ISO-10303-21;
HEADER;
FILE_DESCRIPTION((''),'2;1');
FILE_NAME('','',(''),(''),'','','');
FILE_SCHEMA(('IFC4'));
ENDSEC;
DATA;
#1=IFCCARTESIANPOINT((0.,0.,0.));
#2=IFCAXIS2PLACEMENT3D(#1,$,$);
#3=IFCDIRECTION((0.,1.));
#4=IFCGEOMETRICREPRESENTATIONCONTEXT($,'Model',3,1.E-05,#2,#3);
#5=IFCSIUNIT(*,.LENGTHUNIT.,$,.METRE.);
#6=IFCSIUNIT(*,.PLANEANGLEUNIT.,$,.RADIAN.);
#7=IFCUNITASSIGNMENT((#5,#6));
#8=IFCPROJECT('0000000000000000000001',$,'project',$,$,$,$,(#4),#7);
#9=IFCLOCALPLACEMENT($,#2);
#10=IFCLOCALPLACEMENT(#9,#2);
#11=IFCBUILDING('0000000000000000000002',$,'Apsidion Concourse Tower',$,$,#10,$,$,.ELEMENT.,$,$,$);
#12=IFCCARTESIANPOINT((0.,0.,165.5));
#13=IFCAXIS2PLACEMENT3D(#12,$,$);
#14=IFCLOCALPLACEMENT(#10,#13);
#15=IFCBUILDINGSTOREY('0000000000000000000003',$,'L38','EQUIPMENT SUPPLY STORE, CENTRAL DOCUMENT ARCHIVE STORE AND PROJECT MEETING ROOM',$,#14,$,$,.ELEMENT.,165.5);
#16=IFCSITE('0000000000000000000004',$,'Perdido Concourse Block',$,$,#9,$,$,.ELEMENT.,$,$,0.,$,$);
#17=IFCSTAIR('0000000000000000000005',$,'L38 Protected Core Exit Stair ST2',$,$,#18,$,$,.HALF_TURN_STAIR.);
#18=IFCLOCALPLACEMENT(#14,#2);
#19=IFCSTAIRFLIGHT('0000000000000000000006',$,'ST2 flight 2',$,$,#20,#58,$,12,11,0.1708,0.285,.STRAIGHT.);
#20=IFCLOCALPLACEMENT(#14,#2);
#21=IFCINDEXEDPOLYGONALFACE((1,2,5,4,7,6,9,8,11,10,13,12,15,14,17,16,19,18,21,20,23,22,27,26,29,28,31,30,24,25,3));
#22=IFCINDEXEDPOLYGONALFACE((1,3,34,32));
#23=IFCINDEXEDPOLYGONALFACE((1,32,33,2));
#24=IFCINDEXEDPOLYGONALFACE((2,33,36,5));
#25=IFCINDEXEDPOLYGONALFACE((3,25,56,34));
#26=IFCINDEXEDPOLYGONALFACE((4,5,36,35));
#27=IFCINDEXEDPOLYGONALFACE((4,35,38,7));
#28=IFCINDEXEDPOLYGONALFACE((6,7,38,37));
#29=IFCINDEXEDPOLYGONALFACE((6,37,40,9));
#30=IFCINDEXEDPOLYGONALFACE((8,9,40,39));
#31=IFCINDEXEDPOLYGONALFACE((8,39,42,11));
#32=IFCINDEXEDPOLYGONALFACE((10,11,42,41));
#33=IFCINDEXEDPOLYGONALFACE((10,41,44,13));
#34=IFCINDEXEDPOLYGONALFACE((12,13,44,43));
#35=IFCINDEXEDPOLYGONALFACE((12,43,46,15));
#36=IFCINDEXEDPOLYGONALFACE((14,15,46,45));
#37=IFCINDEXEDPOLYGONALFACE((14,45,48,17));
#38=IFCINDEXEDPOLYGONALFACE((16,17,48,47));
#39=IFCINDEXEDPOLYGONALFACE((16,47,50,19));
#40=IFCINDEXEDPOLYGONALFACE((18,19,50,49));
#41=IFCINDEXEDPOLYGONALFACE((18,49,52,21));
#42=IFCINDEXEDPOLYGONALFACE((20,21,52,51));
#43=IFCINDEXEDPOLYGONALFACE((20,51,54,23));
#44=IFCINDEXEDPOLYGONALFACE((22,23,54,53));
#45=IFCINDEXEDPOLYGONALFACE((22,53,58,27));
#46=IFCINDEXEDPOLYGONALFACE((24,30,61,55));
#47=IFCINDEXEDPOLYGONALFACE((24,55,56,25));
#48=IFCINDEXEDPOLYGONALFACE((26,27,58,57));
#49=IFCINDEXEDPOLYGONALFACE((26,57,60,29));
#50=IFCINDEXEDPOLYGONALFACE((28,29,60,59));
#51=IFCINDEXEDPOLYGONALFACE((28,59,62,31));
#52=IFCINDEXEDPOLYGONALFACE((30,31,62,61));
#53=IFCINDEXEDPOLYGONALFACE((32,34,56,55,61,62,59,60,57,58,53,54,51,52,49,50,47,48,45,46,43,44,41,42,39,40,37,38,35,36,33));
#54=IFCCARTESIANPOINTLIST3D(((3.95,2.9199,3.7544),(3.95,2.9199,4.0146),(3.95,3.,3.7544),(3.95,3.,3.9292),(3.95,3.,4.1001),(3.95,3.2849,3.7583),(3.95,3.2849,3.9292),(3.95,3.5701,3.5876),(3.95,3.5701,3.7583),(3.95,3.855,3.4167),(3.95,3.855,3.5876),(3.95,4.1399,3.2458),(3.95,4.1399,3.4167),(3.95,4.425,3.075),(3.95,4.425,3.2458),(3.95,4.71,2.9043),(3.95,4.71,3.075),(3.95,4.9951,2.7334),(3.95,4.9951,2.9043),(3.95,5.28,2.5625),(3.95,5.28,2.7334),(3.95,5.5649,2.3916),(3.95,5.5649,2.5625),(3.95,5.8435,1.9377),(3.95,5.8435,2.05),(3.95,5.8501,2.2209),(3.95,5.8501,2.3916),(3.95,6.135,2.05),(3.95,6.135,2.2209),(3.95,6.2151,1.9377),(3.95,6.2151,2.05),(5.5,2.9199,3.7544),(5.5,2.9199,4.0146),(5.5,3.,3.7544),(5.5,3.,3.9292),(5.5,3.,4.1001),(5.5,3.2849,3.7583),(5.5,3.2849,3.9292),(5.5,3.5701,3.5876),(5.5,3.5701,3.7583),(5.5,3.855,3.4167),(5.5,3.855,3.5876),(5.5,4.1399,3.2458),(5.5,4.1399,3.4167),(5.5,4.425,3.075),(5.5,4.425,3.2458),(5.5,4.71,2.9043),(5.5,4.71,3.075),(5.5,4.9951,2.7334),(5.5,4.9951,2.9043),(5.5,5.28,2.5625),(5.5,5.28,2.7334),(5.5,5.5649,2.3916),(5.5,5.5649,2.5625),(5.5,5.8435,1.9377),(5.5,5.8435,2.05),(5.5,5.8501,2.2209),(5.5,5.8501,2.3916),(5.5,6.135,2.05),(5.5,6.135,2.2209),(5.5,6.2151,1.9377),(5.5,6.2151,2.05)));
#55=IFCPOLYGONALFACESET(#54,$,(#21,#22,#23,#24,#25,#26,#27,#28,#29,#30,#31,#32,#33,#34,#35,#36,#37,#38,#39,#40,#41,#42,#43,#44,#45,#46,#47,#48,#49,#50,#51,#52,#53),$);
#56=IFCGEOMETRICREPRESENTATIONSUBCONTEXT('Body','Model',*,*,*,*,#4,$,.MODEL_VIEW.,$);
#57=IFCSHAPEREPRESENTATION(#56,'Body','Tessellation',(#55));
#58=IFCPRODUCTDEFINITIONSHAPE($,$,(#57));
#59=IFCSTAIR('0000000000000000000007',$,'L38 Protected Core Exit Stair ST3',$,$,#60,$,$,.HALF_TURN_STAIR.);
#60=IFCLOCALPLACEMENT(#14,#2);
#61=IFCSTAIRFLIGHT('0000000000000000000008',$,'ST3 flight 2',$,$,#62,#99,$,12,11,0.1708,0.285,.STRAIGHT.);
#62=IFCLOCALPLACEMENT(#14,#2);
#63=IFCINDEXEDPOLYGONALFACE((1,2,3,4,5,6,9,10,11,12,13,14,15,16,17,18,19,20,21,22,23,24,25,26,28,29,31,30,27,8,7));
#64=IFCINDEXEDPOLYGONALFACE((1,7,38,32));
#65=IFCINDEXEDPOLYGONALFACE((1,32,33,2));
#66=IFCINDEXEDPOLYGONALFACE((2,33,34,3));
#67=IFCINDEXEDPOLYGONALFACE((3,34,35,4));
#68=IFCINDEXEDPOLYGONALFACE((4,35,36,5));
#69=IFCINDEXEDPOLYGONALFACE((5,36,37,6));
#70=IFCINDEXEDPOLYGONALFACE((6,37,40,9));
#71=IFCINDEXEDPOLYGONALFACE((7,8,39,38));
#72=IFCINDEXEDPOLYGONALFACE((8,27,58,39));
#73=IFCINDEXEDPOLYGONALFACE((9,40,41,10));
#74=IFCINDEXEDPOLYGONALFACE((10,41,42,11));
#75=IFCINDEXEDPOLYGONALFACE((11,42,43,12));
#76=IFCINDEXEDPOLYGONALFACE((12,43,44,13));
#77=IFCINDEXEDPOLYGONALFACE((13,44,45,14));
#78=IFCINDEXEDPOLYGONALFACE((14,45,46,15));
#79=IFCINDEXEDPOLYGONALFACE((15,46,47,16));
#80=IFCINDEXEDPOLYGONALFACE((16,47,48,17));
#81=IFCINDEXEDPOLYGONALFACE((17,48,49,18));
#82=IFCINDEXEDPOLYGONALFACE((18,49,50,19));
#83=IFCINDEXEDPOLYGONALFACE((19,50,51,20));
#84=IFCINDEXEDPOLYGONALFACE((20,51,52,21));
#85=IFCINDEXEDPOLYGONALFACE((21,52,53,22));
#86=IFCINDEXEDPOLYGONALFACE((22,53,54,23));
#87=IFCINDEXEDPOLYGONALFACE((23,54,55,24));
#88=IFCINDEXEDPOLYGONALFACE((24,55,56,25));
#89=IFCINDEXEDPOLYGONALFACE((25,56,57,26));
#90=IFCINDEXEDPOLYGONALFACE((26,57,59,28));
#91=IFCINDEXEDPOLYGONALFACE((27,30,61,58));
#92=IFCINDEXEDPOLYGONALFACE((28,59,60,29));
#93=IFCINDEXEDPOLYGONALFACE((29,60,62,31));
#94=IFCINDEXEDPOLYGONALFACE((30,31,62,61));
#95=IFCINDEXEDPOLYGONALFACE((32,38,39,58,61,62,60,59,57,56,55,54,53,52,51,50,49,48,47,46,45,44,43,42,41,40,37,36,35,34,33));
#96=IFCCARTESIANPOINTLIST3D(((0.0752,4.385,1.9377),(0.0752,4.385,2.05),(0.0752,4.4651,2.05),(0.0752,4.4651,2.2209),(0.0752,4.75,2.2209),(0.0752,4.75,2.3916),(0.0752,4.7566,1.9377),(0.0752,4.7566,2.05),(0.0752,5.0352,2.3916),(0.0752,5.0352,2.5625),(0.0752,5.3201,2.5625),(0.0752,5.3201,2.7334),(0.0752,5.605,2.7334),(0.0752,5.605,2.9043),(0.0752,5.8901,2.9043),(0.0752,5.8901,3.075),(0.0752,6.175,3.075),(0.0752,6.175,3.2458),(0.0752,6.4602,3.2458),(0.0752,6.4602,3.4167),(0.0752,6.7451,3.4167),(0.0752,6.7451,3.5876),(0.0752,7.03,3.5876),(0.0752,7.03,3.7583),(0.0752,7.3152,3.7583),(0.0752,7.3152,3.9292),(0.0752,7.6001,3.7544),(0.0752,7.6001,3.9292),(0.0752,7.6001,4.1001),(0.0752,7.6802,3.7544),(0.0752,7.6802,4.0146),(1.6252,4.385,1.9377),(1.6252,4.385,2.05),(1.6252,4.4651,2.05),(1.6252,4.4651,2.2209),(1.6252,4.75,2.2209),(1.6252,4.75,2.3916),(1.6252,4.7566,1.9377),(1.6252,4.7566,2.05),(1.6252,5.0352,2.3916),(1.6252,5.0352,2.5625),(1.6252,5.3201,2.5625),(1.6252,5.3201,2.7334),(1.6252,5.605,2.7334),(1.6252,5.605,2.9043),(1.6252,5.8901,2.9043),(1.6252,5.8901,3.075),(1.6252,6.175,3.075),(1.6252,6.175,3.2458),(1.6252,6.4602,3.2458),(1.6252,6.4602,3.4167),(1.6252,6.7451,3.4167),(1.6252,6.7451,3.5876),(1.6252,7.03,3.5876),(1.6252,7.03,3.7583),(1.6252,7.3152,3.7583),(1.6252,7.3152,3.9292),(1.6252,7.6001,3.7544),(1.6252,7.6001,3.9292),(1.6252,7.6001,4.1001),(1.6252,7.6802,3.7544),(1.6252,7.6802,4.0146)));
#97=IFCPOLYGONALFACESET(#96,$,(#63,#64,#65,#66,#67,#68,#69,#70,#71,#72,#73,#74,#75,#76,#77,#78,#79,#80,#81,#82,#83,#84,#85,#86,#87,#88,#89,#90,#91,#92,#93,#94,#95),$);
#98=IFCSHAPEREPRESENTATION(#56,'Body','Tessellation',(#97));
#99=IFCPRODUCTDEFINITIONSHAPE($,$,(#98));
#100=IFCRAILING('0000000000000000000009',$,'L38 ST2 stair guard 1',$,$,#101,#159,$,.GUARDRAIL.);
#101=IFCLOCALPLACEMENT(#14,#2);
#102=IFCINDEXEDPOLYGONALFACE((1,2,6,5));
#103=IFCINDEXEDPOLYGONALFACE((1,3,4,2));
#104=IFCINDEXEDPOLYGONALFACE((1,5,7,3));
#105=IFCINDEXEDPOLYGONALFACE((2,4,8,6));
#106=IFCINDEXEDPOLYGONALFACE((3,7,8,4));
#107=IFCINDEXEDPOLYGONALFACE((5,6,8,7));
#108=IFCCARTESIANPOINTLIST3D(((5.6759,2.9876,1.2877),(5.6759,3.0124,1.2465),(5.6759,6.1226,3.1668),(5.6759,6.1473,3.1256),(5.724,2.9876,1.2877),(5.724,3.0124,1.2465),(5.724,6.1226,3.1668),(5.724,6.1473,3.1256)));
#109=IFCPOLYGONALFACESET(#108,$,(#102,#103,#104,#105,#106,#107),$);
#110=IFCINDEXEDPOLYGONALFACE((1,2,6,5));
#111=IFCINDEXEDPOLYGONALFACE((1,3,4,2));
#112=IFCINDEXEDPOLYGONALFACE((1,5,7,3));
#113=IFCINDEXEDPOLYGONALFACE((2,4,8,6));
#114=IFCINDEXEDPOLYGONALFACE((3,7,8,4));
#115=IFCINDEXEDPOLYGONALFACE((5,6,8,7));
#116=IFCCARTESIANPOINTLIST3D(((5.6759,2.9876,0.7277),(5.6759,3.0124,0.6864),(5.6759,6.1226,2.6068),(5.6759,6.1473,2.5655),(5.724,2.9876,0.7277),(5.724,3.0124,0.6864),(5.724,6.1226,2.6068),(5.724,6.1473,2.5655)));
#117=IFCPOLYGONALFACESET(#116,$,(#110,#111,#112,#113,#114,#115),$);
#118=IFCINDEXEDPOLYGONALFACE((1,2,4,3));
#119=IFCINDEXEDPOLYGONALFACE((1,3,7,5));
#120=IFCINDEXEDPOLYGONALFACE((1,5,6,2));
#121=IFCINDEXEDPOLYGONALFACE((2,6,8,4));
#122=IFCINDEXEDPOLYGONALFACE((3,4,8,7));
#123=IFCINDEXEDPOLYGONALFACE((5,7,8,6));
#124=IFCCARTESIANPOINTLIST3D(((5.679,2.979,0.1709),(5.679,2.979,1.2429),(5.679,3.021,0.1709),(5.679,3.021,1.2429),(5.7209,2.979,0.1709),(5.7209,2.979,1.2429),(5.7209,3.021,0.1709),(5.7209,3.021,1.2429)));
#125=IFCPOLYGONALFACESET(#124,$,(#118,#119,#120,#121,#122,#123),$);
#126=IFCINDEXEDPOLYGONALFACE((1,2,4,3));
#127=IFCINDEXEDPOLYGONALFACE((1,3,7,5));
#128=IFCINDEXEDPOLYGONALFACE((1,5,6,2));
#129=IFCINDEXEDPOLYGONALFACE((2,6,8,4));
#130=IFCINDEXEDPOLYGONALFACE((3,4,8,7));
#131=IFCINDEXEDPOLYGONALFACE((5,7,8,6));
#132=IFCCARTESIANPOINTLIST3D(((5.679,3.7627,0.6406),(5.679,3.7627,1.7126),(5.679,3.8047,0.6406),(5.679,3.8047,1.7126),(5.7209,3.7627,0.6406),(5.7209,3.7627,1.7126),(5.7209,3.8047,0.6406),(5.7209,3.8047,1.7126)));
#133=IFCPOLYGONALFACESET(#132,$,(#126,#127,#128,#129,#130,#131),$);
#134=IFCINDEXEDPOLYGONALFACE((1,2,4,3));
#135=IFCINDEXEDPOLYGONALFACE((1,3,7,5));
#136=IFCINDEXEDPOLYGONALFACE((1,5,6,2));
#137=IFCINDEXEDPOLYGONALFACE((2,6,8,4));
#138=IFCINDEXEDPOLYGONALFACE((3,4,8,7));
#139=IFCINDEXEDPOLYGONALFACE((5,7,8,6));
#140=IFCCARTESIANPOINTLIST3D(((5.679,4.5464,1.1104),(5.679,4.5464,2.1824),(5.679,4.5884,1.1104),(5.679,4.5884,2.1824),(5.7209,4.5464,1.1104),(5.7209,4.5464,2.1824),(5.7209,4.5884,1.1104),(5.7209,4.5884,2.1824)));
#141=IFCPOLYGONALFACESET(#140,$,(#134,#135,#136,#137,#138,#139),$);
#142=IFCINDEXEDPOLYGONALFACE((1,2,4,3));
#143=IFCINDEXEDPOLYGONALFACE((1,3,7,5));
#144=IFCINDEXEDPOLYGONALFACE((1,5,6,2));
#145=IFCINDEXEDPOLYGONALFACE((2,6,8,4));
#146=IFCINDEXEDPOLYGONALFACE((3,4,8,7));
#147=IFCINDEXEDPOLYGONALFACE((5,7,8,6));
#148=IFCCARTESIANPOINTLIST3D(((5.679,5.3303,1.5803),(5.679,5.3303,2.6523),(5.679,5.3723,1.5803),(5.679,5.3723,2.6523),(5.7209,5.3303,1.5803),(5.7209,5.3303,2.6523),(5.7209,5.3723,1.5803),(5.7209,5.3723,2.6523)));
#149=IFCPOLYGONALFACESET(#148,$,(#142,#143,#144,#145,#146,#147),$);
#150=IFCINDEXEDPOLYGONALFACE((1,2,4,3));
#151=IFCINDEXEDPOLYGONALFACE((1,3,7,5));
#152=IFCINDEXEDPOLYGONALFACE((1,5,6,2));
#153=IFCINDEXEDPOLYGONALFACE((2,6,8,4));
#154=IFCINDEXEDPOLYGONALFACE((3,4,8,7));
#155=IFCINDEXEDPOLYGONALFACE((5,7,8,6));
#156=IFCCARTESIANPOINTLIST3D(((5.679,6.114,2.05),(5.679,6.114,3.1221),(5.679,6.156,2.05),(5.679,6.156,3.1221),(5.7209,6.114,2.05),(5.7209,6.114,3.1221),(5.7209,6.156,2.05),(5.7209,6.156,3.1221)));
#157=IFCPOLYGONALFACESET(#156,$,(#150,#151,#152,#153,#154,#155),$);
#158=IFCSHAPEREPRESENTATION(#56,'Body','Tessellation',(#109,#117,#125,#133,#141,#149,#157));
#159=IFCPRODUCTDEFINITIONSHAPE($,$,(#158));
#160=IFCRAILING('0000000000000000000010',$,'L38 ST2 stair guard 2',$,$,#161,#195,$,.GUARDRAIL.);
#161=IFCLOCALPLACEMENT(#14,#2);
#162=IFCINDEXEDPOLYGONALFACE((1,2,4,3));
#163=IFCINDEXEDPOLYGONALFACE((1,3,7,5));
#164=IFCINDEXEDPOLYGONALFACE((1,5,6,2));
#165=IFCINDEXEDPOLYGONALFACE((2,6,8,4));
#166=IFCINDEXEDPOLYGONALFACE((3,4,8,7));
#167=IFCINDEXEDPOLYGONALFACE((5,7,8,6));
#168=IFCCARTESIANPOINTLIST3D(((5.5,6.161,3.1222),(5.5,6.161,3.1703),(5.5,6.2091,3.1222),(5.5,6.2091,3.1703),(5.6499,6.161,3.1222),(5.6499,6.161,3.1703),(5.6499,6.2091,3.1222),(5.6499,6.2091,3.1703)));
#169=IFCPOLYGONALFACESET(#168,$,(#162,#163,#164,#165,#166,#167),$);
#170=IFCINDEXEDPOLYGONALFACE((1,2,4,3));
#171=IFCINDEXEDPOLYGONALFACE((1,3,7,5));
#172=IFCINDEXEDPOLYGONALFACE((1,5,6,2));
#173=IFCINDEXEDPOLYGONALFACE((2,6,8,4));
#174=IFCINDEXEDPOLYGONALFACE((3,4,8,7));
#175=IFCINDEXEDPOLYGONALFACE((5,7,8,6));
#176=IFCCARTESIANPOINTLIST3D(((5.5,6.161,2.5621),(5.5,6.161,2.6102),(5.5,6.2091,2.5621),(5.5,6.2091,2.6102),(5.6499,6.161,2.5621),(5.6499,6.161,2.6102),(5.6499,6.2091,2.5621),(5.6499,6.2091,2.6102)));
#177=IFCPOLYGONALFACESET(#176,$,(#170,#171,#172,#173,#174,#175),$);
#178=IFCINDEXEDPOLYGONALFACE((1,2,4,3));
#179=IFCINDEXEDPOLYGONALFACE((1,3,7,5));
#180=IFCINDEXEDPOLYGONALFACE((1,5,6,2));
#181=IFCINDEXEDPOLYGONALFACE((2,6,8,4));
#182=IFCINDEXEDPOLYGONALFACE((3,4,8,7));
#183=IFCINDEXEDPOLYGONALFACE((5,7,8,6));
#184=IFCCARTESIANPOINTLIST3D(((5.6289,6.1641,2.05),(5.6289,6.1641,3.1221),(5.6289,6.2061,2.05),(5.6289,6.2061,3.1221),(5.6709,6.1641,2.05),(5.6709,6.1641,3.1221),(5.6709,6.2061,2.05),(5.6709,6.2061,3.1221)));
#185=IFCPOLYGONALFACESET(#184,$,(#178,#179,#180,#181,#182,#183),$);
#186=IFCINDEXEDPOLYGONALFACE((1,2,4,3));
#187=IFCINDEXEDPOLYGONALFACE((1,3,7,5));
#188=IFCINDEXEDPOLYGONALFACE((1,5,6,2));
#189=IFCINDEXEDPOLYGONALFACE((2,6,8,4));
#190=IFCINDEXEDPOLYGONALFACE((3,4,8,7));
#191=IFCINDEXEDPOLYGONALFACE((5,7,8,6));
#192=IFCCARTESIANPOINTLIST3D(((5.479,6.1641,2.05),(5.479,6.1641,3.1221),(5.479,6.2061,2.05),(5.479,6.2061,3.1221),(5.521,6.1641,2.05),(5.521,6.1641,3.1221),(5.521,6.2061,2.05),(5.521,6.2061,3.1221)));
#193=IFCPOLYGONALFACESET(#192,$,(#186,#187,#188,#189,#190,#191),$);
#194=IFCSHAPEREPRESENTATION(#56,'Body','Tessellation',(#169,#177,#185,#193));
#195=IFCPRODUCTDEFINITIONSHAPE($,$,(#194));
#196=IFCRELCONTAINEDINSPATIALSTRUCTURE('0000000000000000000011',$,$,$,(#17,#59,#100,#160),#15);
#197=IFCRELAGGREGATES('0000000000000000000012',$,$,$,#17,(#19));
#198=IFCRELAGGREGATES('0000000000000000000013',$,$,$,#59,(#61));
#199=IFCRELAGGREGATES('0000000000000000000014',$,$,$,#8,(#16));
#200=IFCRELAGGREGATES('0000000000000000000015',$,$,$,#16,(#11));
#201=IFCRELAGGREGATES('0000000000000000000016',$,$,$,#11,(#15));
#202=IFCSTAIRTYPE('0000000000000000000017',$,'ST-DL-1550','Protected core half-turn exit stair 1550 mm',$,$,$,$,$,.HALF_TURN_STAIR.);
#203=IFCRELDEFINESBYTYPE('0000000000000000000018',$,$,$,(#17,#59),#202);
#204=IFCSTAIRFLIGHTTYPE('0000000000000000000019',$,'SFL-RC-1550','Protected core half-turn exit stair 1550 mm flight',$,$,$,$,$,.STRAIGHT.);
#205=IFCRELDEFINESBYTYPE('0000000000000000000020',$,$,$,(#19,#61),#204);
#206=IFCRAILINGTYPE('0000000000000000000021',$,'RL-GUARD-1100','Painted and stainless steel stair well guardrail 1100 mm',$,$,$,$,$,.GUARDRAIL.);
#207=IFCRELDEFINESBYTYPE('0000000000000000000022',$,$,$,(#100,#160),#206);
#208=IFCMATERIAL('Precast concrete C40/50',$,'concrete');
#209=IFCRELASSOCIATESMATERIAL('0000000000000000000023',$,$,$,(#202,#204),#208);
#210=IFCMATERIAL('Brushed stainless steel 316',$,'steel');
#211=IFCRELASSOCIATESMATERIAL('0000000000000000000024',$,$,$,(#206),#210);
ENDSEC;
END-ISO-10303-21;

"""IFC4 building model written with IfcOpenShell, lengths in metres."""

from ifc_helpers import new_model, si_unit, direction, frame, origin, origin_2d, place, context, subcontext, project, spatial, polyline, rectangle, outline, extrude, material, type_object, element, aggregate, save


model = new_model("IFC4")

# Units and contexts
model_context = context("Model", 3, precision=1e-05, world=origin(), true_north=direction((0.0, 1.0)))
body_context = subcontext(model_context, "Body", "Model", "MODEL_VIEW")
ifc_project = project(units=[si_unit("LENGTHUNIT", "METRE"), si_unit("PLANEANGLEUNIT", "RADIAN")], contexts=[model_context])

# Site, building, storey
site_placement = place(None, origin())
site = spatial("IfcSite", under=ifc_project, at=site_placement, Name="Perdido Concourse Block", CompositionType="ELEMENT", RefElevation=0.0)
building_placement = place(site_placement, origin())
building = spatial("IfcBuilding", under=site, at=building_placement, Name="Apsidion Concourse Tower", CompositionType="ELEMENT")
storey_placement = place(building_placement, frame((0.0, 0.0, 165.5)))
storey = spatial("IfcBuildingStorey", under=building, at=storey_placement, Name="L38", Description="EQUIPMENT SUPPLY STORE, CENTRAL DOCUMENT ARCHIVE STORE AND PROJECT MEETING ROOM", CompositionType="ELEMENT", Elevation=165.5)

# Stairs, stair flights
ifc_material_1 = material(Name="Precast concrete C40/50", Category="concrete")
stair_type = type_object("IfcStairType", Name="ST-DL-1550", Description="Protected core half-turn exit stair 1550 mm", PredefinedType="HALF_TURN_STAIR", material=ifc_material_1)
stair_1_placement = place(storey_placement, origin())
stair_1 = element("IfcStair", 1, at=stair_1_placement, inside=storey, type_object=stair_type, Name="L38 Protected Core Exit Stair ST2", PredefinedType="HALF_TURN_STAIR")
stair_flight_type = type_object("IfcStairFlightType", Name="SFL-RC-1550", Description="Protected core half-turn exit stair 1550 mm flight", PredefinedType="STRAIGHT", material=ifc_material_1)
stair_flight_1_placement = place(storey_placement, frame((4.7251, 6.135, 2.05), z_axis=(0.0, 0.0, 1.0), x_axis=(0.0, -1.0, 0.0)))
stair_flight_1 = element("IfcStairFlight", 2, at=stair_flight_1_placement, type_object=stair_flight_type, Name="ST2 flight 2", NumberOfRisers=12, NumberOfTreads=11, PredefinedType="STRAIGHT", RiserHeight=0.1708, TreadLength=0.285, context=body_context, shape_type="SweptSolid", body=[
    extrude(outline(polyline([(-0.0801, -0.1123), (-0.0801, 0.0), (0.0, 0.0), (0.0, 0.1709), (0.2849, 0.1709), (0.2849, 0.3416), (0.5701, 0.3416), (0.5701, 0.5125), (0.855, 0.5125), (0.855, 0.6833), (1.1399, 0.6833), (1.1399, 0.8542), (1.425, 0.8542), (1.425, 1.0249), (1.71, 1.0249), (1.71, 1.1958), (1.9951, 1.1958), (1.9951, 1.3667), (2.28, 1.3667), (2.28, 1.5376), (2.5649, 1.5376), (2.5649, 1.7083), (2.8501, 1.7083), (2.8501, 1.8792), (3.135, 1.8792), (3.135, 2.05), (3.2151, 1.9646), (3.2151, 1.7043), (3.135, 1.7043), (0.2915, 0.0), (0.2915, -0.1123), (-0.0801, -0.1123)])), frame((0.0, 0.7749, 0.0), z_axis=(0.0, -1.0, 0.0), x_axis=(1.0, 0.0, 0.0)), (0.0, 0.0, 1.0), 1.55),
])
aggregate(stair_1, [stair_flight_1])
stair_2_placement = place(storey_placement, origin())
stair_2 = element("IfcStair", 3, at=stair_2_placement, inside=storey, type_object=stair_type, Name="L38 Protected Core Exit Stair ST3", PredefinedType="HALF_TURN_STAIR")
stair_flight_2_placement = place(storey_placement, frame((0.8501, 4.4651, 2.05), z_axis=(0.0, 0.0, 1.0), x_axis=(0.0, 1.0, 0.0)))
stair_flight_2 = element("IfcStairFlight", 4, at=stair_flight_2_placement, type_object=stair_flight_type, Name="ST3 flight 2", NumberOfRisers=12, NumberOfTreads=11, PredefinedType="STRAIGHT", RiserHeight=0.1708, TreadLength=0.285, context=body_context, shape_type="SweptSolid", body=[
    extrude(outline(polyline([(-0.0801, -0.1123), (-0.0801, 0.0), (0.0, 0.0), (0.0, 0.1709), (0.2849, 0.1709), (0.2849, 0.3416), (0.5701, 0.3416), (0.5701, 0.5125), (0.855, 0.5125), (0.855, 0.6833), (1.1399, 0.6833), (1.1399, 0.8542), (1.425, 0.8542), (1.425, 1.0249), (1.71, 1.0249), (1.71, 1.1958), (1.9951, 1.1958), (1.9951, 1.3667), (2.28, 1.3667), (2.28, 1.5376), (2.5649, 1.5376), (2.5649, 1.7083), (2.8501, 1.7083), (2.8501, 1.8792), (3.135, 1.8792), (3.135, 2.05), (3.2151, 1.9646), (3.2151, 1.7043), (3.135, 1.7043), (0.2915, 0.0), (0.2915, -0.1123), (-0.0801, -0.1123)])), frame((0.0, 0.7749, 0.0), z_axis=(0.0, -1.0, 0.0), x_axis=(1.0, 0.0, 0.0)), (0.0, 0.0, 1.0), 1.55),
])
aggregate(stair_2, [stair_flight_2])

# Railings
ifc_material_2 = material(Name="Brushed stainless steel 316", Category="steel")
railing_type_1 = type_object("IfcRailingType", Name="RL-GUARD-1100", Description="Painted and stainless steel stair well guardrail 1100 mm", PredefinedType="GUARDRAIL", material=ifc_material_2)
railing_1_placement = place(storey_placement, frame((5.7, 3.0, 0.1709)))
element("IfcRailing", 5, at=railing_1_placement, inside=storey, type_object=railing_type_1, Name="L38 ST2 stair guard 1", PredefinedType="GUARDRAIL", context=body_context, shape_type="SweptSolid", body=[
    extrude(rectangle(XDim=0.0481, YDim=0.0481, at=origin_2d()), frame((0.0, 0.0, 1.0962), z_axis=(0.0, 0.857717, 0.514122), x_axis=(-1.0, 0.0, 0.0)), (0.0, 0.0, 1.0), 3.655),
    extrude(rectangle(XDim=0.0481, YDim=0.0481, at=origin_2d()), frame((0.0, 0.0, 0.5361), z_axis=(0.0, 0.857717, 0.514122), x_axis=(-1.0, 0.0, 0.0)), (0.0, 0.0, 1.0), 3.655),
    extrude(rectangle(XDim=0.042, YDim=0.042, at=origin_2d()), origin(), (0.0, 0.0, 1.0), 1.072),
    extrude(rectangle(XDim=0.042, YDim=0.042, at=origin_2d()), frame((0.0, 0.7837, 0.4697)), (0.0, 0.0, 1.0), 1.072),
    extrude(rectangle(XDim=0.042, YDim=0.042, at=origin_2d()), frame((0.0, 1.5674, 0.9395)), (0.0, 0.0, 1.0), 1.072),
    extrude(rectangle(XDim=0.042, YDim=0.042, at=origin_2d()), frame((0.0, 2.3513, 1.4094)), (0.0, 0.0, 1.0), 1.072),
    extrude(rectangle(XDim=0.042, YDim=0.042, at=origin_2d()), frame((0.0, 3.135, 1.8792)), (0.0, 0.0, 1.0), 1.072),
])
railing_2_placement = place(storey_placement, frame((5.6499, 6.1851, 2.05)))
element("IfcRailing", 6, at=railing_2_placement, inside=storey, type_object=railing_type_1, Name="L38 ST2 stair guard 2", PredefinedType="GUARDRAIL", context=body_context, shape_type="SweptSolid", body=[
    extrude(rectangle(XDim=0.0481, YDim=0.0481, at=origin_2d()), frame((0.0, 0.0, 1.0962), z_axis=(-1.0, 0.0, 0.0), x_axis=(0.0, -1.0, 0.0)), (0.0, 0.0, 1.0), 0.1499),
    extrude(rectangle(XDim=0.0481, YDim=0.0481, at=origin_2d()), frame((0.0, 0.0, 0.5361), z_axis=(-1.0, 0.0, 0.0), x_axis=(0.0, -1.0, 0.0)), (0.0, 0.0, 1.0), 0.1499),
    extrude(rectangle(XDim=0.042, YDim=0.042, at=origin_2d()), origin(), (0.0, 0.0, 1.0), 1.072),
    extrude(rectangle(XDim=0.042, YDim=0.042, at=origin_2d()), frame((-0.1499, 0.0, 0.0)), (0.0, 0.0, 1.0), 1.072),
])

save(model, "model.ifc")
